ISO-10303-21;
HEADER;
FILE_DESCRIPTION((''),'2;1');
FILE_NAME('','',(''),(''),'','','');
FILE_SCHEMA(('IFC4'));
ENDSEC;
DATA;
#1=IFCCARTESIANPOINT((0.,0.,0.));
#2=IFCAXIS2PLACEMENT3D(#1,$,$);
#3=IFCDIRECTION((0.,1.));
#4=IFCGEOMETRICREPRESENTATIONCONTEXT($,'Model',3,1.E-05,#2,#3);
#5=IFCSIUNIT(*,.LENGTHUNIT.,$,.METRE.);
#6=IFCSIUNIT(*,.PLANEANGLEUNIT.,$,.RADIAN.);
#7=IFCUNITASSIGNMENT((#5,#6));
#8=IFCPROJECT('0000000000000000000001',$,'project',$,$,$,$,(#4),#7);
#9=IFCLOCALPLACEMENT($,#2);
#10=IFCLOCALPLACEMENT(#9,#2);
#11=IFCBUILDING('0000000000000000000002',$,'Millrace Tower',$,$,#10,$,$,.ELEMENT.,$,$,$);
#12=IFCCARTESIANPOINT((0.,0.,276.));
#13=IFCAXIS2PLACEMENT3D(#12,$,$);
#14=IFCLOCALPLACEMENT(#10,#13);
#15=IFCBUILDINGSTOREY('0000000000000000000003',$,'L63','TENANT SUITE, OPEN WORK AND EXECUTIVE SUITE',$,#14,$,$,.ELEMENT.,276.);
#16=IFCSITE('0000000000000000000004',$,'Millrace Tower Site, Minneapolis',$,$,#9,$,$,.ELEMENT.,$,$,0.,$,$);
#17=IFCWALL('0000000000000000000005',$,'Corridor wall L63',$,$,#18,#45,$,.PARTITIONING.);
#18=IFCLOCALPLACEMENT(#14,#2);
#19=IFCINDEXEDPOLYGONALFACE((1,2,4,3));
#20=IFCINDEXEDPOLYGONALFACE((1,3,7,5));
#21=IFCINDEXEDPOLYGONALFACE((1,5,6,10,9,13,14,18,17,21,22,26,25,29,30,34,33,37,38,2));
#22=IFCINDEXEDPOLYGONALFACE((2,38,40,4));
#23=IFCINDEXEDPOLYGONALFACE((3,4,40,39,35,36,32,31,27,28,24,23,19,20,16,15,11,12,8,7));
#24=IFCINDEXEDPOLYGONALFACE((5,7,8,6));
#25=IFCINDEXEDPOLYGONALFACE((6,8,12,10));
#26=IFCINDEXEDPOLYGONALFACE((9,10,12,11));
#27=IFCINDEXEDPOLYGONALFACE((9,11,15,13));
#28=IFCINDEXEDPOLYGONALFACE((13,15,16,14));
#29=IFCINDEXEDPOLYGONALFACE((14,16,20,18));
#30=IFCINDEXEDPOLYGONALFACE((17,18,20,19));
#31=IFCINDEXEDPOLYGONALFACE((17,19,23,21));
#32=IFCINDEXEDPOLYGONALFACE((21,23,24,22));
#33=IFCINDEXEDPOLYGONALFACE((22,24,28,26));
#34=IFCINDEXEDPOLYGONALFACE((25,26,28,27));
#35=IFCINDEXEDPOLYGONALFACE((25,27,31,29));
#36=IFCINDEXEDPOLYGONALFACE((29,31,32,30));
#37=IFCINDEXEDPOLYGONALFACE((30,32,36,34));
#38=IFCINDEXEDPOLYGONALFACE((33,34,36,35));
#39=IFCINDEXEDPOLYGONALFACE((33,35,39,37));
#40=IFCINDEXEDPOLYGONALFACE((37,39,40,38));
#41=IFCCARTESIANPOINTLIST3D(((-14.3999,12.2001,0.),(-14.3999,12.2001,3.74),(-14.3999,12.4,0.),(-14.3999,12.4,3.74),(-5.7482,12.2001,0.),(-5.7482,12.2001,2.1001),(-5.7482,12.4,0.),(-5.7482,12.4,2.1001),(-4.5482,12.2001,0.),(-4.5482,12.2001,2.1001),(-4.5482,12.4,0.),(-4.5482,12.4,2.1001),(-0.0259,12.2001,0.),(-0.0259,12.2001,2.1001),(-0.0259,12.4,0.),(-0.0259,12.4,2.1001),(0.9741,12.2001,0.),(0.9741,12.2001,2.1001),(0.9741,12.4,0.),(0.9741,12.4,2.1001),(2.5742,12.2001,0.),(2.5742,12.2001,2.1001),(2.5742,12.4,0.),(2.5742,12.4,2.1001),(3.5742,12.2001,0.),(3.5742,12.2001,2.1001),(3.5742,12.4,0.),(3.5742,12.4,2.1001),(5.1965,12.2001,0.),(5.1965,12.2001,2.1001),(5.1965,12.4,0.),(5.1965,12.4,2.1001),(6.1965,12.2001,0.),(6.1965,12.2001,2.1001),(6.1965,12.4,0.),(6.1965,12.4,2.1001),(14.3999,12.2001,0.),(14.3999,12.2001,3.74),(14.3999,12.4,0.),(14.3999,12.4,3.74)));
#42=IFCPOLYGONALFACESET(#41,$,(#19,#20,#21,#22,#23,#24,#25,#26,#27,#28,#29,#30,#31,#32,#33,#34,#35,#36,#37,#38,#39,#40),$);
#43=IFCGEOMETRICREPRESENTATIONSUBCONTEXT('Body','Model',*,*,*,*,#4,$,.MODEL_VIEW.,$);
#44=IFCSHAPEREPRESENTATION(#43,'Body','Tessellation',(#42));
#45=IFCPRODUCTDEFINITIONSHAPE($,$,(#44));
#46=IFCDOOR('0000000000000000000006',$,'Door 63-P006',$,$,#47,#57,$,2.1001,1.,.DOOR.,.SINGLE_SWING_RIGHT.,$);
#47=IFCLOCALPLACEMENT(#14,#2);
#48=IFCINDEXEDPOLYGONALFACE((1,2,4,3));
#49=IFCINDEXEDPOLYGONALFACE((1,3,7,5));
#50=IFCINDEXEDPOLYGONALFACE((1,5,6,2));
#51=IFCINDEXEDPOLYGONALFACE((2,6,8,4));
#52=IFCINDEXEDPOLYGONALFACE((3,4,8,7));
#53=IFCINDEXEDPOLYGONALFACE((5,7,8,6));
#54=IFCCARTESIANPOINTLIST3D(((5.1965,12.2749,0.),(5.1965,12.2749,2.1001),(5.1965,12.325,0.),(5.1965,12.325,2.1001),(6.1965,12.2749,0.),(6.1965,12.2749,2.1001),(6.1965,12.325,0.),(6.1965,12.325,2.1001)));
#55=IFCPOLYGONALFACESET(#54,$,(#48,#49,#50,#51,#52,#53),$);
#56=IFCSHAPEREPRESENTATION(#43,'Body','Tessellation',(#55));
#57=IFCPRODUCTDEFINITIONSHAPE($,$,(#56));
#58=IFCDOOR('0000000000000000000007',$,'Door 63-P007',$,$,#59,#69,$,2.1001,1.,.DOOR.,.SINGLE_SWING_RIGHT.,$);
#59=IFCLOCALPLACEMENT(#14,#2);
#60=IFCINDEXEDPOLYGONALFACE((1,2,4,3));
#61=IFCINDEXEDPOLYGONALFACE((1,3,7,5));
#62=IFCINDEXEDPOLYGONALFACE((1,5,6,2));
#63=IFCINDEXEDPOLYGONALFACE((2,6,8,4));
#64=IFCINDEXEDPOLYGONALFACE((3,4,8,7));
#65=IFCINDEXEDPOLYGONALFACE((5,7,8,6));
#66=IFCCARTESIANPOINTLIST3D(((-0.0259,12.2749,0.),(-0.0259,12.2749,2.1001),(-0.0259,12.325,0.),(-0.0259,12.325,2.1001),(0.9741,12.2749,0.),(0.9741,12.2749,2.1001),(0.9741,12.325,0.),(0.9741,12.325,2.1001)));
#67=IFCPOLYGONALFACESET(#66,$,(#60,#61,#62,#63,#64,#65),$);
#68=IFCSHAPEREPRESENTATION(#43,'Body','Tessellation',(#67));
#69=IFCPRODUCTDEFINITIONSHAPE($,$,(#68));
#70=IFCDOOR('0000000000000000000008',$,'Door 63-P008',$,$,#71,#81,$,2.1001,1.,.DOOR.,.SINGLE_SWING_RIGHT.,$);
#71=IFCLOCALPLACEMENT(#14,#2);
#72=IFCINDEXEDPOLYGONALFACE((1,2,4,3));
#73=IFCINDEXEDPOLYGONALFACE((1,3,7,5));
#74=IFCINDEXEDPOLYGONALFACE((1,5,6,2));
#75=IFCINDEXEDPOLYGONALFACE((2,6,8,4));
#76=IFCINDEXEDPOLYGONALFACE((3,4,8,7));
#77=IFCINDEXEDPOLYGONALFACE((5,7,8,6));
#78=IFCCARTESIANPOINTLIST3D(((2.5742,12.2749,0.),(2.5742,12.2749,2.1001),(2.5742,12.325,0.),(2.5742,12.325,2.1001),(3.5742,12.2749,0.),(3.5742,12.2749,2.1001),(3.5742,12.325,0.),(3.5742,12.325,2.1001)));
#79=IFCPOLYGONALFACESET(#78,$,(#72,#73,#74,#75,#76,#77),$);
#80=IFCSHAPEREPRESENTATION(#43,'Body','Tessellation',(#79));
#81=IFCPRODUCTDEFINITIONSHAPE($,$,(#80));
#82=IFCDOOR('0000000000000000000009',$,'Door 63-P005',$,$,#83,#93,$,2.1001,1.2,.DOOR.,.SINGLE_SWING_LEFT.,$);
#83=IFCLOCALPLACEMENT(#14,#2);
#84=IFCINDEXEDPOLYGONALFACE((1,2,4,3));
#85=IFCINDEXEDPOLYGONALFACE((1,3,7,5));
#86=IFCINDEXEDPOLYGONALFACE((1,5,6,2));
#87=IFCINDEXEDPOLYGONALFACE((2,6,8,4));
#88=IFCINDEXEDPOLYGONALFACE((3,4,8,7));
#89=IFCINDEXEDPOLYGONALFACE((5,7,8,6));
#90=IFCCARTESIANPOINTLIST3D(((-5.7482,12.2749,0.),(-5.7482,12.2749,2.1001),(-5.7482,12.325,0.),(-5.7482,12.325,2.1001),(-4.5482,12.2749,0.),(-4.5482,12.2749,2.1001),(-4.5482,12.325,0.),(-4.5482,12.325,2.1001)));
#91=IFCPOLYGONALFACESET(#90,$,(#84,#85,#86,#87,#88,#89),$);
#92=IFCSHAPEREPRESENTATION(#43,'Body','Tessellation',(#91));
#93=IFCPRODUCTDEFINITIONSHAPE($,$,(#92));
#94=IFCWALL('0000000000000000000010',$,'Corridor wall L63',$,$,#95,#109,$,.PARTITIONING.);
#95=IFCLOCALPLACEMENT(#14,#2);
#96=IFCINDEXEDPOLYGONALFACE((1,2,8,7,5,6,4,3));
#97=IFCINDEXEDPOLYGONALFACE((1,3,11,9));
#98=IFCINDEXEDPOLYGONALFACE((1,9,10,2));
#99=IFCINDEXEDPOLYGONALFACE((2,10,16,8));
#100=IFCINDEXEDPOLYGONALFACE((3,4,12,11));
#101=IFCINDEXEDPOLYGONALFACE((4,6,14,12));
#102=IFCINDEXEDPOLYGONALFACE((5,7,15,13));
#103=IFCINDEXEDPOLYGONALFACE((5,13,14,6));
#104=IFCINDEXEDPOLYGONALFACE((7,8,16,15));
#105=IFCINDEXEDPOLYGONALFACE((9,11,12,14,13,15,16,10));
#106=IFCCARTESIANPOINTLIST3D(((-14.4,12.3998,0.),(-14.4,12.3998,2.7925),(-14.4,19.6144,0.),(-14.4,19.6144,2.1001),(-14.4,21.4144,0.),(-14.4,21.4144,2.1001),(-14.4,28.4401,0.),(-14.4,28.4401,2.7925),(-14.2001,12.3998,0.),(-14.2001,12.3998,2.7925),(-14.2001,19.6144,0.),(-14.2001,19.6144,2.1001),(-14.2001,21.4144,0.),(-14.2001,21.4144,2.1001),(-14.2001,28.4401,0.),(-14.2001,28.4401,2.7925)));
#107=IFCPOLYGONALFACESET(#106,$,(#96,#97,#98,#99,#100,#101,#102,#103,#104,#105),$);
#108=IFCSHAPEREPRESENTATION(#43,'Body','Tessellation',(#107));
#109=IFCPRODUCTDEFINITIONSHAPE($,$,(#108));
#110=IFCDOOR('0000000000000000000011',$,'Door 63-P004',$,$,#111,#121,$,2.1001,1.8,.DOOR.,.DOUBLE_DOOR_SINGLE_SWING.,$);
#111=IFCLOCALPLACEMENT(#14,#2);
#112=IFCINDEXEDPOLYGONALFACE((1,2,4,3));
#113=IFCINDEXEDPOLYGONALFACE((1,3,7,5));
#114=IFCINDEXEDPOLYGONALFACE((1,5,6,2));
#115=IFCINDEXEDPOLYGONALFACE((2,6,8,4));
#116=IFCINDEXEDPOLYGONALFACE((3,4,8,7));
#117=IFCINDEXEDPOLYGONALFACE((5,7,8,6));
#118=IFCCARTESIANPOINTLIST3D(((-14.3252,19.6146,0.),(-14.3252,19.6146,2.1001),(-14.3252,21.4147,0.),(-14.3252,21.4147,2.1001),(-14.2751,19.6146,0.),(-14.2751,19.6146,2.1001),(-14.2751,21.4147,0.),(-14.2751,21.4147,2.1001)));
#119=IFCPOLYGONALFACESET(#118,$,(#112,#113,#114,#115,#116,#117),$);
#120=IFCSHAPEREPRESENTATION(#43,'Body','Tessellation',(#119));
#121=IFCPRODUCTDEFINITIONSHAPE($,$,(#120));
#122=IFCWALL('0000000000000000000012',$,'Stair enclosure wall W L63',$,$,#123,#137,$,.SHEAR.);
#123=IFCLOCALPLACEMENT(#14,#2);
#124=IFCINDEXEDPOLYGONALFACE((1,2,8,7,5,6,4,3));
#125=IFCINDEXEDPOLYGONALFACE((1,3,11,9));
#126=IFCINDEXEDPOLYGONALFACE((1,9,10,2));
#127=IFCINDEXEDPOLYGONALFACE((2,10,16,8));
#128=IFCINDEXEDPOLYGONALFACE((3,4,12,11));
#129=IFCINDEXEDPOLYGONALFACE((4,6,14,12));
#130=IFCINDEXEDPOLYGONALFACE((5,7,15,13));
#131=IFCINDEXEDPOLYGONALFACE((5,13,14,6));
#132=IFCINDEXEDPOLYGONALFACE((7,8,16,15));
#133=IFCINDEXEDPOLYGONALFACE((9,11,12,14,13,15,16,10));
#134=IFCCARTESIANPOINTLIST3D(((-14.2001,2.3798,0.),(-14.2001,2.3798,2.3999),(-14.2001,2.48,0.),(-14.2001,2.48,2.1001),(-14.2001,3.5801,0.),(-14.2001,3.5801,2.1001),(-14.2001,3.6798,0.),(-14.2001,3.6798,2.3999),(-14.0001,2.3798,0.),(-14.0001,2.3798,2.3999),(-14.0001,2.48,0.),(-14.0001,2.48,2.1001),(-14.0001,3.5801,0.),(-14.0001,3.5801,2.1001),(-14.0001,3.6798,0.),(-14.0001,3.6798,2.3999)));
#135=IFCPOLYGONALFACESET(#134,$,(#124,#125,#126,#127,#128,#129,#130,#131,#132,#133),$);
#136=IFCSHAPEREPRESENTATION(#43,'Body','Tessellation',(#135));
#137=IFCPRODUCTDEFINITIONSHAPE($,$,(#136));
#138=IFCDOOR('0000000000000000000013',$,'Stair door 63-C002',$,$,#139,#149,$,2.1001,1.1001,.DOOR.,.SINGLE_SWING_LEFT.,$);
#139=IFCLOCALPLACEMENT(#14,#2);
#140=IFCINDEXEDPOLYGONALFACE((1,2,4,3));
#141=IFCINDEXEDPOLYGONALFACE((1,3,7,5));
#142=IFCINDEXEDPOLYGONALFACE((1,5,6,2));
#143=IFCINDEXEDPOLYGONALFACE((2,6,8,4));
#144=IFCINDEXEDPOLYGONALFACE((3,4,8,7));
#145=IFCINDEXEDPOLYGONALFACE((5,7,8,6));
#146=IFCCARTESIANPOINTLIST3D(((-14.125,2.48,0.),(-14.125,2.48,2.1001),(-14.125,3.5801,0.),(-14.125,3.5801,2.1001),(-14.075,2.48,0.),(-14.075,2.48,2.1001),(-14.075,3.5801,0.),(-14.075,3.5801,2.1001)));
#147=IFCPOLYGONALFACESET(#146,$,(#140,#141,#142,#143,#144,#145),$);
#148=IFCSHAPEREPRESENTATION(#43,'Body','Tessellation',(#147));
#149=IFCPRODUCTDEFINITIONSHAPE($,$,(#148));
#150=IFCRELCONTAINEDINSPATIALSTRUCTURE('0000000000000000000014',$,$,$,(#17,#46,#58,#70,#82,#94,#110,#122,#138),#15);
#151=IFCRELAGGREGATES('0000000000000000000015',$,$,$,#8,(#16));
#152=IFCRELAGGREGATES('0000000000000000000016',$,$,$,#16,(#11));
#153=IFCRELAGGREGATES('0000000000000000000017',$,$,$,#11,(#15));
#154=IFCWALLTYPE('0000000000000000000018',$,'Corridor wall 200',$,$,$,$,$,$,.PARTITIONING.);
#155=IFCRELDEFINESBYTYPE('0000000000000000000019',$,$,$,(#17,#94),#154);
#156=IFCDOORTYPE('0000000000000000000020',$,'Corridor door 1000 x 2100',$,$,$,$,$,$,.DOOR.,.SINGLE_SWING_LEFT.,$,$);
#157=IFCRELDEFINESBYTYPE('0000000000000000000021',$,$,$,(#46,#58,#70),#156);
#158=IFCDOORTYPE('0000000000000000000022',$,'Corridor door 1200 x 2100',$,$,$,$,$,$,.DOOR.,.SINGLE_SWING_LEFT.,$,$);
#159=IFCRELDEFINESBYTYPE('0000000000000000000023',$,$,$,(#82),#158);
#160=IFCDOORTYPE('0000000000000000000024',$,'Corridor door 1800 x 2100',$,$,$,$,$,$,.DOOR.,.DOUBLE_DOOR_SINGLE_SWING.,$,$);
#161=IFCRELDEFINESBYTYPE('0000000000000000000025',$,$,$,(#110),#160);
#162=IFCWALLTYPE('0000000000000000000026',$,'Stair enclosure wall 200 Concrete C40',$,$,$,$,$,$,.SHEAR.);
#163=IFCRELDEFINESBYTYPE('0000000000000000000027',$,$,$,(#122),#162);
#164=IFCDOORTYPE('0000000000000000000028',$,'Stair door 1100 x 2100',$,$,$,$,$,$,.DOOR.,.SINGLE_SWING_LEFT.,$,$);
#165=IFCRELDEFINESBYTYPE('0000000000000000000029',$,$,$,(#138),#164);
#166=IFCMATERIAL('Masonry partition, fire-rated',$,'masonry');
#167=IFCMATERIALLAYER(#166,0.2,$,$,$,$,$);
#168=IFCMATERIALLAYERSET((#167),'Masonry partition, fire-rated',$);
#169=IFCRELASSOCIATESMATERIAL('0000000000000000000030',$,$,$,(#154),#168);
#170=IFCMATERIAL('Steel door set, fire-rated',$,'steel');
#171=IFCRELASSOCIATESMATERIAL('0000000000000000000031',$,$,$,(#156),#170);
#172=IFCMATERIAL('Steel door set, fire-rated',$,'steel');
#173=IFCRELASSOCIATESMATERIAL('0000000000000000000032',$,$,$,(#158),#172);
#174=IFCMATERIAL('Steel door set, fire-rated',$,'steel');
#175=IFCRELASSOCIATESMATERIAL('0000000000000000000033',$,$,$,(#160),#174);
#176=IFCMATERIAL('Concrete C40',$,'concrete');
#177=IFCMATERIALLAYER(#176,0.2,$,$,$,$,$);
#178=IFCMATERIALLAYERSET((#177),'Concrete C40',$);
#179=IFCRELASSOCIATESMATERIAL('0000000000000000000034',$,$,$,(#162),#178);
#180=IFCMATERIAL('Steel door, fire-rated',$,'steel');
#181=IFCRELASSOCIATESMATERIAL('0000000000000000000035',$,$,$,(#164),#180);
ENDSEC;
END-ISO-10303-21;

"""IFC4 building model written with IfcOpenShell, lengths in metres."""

from ifc_helpers import new_model, si_unit, direction, frame, frame_2d, origin, place, context, subcontext, project, spatial, rectangle, extrude, material, layer, layer_set, type_object, element, fill, save


model = new_model("IFC4")

# Units and contexts
model_context = context("Model", 3, precision=1e-05, world=origin(), true_north=direction((0.0, 1.0)))
body_context = subcontext(model_context, "Body", "Model", "MODEL_VIEW")
ifc_project = project(units=[si_unit("LENGTHUNIT", "METRE"), si_unit("PLANEANGLEUNIT", "RADIAN")], contexts=[model_context])

# Site, building, storey
site_placement = place(None, origin())
site = spatial("IfcSite", under=ifc_project, at=site_placement, Name="Millrace Tower Site, Minneapolis", CompositionType="ELEMENT", RefElevation=0.0)
building_placement = place(site_placement, origin())
building = spatial("IfcBuilding", under=site, at=building_placement, Name="Millrace Tower", CompositionType="ELEMENT")
storey_placement = place(building_placement, frame((0.0, 0.0, 276.0)))
storey = spatial("IfcBuildingStorey", under=building, at=storey_placement, Name="L63", Description="TENANT SUITE, OPEN WORK AND EXECUTIVE SUITE", CompositionType="ELEMENT", Elevation=276.0)

# Wall, openings, doors
ifc_material_1 = material(Name="Masonry partition, fire-rated", Category="masonry")
ifc_layer_1 = layer(ifc_material_1, 0.2)
ifc_layer_set_1 = layer_set([ifc_layer_1], Name="Masonry partition, fire-rated")
wall_type_1 = type_object("IfcWallType", Name="Corridor wall 200", PredefinedType="PARTITIONING", material=ifc_layer_set_1)
wall_1_placement = place(storey_placement, frame((-14.3999, 12.3, 0.0), z_axis=(0.0, 0.0, 1.0), x_axis=(1.0, 0.0, 0.0)))
wall_1 = element("IfcWall", 1, at=wall_1_placement, inside=storey, type_object=wall_type_1, Name="Corridor wall L63", PredefinedType="PARTITIONING", context=body_context, shape_type="SweptSolid", body=[
    extrude(rectangle(XDim=28.7998, YDim=0.2, at=frame_2d((14.3999, 0.0))), origin(), (0.0, 0.0, 1.0), 3.74),
])
opening_1_placement = place(wall_1_placement, frame((8.6516, 0.0, 0.0)))
opening_1 = element("IfcOpeningElement", 2, at=opening_1_placement, cuts=wall_1, PredefinedType="OPENING", context=body_context, shape_type="SweptSolid", body=[
    extrude(rectangle(XDim=1.2, YDim=2.1001, at=frame_2d((0.6001, 1.05))), frame((0.0, 0.1099, 0.0), z_axis=(0.0, -1.0, 0.0), x_axis=(1.0, 0.0, 0.0)), (0.0, 0.0, 1.0), 0.22),
])
opening_2_placement = place(wall_1_placement, frame((19.5964, 0.0, 0.0)))
opening_2 = element("IfcOpeningElement", 3, at=opening_2_placement, cuts=wall_1, PredefinedType="OPENING", context=body_context, shape_type="SweptSolid", body=[
    extrude(rectangle(XDim=1.0, YDim=2.1001, at=frame_2d((0.5, 1.05))), frame((0.0, 0.1099, 0.0), z_axis=(0.0, -1.0, 0.0), x_axis=(1.0, 0.0, 0.0)), (0.0, 0.0, 1.0), 0.22),
])
opening_3_placement = place(wall_1_placement, frame((14.374, 0.0, 0.0)))
opening_3 = element("IfcOpeningElement", 4, at=opening_3_placement, cuts=wall_1, PredefinedType="OPENING", context=body_context, shape_type="SweptSolid", body=[
    extrude(rectangle(XDim=1.0, YDim=2.1001, at=frame_2d((0.5, 1.05))), frame((0.0, 0.1099, 0.0), z_axis=(0.0, -1.0, 0.0), x_axis=(1.0, 0.0, 0.0)), (0.0, 0.0, 1.0), 0.22),
])
opening_4_placement = place(wall_1_placement, frame((16.9741, 0.0, 0.0)))
opening_4 = element("IfcOpeningElement", 5, at=opening_4_placement, cuts=wall_1, PredefinedType="OPENING", context=body_context, shape_type="SweptSolid", body=[
    extrude(rectangle(XDim=1.0, YDim=2.1001, at=frame_2d((0.5, 1.05))), frame((0.0, 0.1099, 0.0), z_axis=(0.0, -1.0, 0.0), x_axis=(1.0, 0.0, 0.0)), (0.0, 0.0, 1.0), 0.22),
])
ifc_material_2 = material(Name="Steel door set, fire-rated", Category="steel")
door_type_1 = type_object("IfcDoorType", Name="Corridor door 1000 x 2100", OperationType="SINGLE_SWING_LEFT", PredefinedType="DOOR", material=ifc_material_2)
door_1_placement = place(opening_2_placement, origin())
door_1 = element("IfcDoor", 6, at=door_1_placement, inside=storey, type_object=door_type_1, Name="Door 63-P006", OperationType="SINGLE_SWING_RIGHT", OverallHeight=2.1001, OverallWidth=1.0, PredefinedType="DOOR", context=body_context, shape_type="SweptSolid", body=[
    extrude(rectangle(XDim=1.0, YDim=2.1001, at=frame_2d((0.5, 1.05))), frame((0.0, 0.0249, 0.0), z_axis=(0.0, -1.0, 0.0), x_axis=(1.0, 0.0, 0.0)), (0.0, 0.0, 1.0), 0.05),
])
fill(opening_2, door_1)
door_2_placement = place(opening_3_placement, origin())
door_2 = element("IfcDoor", 7, at=door_2_placement, inside=storey, type_object=door_type_1, Name="Door 63-P007", OperationType="SINGLE_SWING_RIGHT", OverallHeight=2.1001, OverallWidth=1.0, PredefinedType="DOOR", context=body_context, shape_type="SweptSolid", body=[
    extrude(rectangle(XDim=1.0, YDim=2.1001, at=frame_2d((0.5, 1.05))), frame((0.0, 0.0249, 0.0), z_axis=(0.0, -1.0, 0.0), x_axis=(1.0, 0.0, 0.0)), (0.0, 0.0, 1.0), 0.05),
])
fill(opening_3, door_2)
door_3_placement = place(opening_4_placement, origin())
door_3 = element("IfcDoor", 8, at=door_3_placement, inside=storey, type_object=door_type_1, Name="Door 63-P008", OperationType="SINGLE_SWING_RIGHT", OverallHeight=2.1001, OverallWidth=1.0, PredefinedType="DOOR", context=body_context, shape_type="SweptSolid", body=[
    extrude(rectangle(XDim=1.0, YDim=2.1001, at=frame_2d((0.5, 1.05))), frame((0.0, 0.0249, 0.0), z_axis=(0.0, -1.0, 0.0), x_axis=(1.0, 0.0, 0.0)), (0.0, 0.0, 1.0), 0.05),
])
fill(opening_4, door_3)
ifc_material_3 = material(Name="Steel door set, fire-rated", Category="steel")
door_type_2 = type_object("IfcDoorType", Name="Corridor door 1200 x 2100", OperationType="SINGLE_SWING_LEFT", PredefinedType="DOOR", material=ifc_material_3)
door_4_placement = place(opening_1_placement, origin())
door_4 = element("IfcDoor", 9, at=door_4_placement, inside=storey, type_object=door_type_2, Name="Door 63-P005", OperationType="SINGLE_SWING_LEFT", OverallHeight=2.1001, OverallWidth=1.2, PredefinedType="DOOR", context=body_context, shape_type="SweptSolid", body=[
    extrude(rectangle(XDim=1.2, YDim=2.1001, at=frame_2d((0.6001, 1.05))), frame((0.0, 0.0249, 0.0), z_axis=(0.0, -1.0, 0.0), x_axis=(1.0, 0.0, 0.0)), (0.0, 0.0, 1.0), 0.05),
])
fill(opening_1, door_4)

# Walls, openings, doors
wall_2_placement = place(storey_placement, frame((-14.3, 12.3999, 0.0), z_axis=(0.0, 0.0, 1.0), x_axis=(0.0, 1.0, 0.0)))
wall_2 = element("IfcWall", 10, at=wall_2_placement, inside=storey, type_object=wall_type_1, Name="Corridor wall L63", PredefinedType="PARTITIONING", context=body_context, shape_type="SweptSolid", body=[
    extrude(rectangle(XDim=16.0403, YDim=0.2, at=frame_2d((8.02, 0.0))), origin(), (0.0, 0.0, 1.0), 2.7925),
])
opening_5_placement = place(wall_2_placement, frame((7.2146, 0.0, 0.0)))
opening_5 = element("IfcOpeningElement", 11, at=opening_5_placement, cuts=wall_2, PredefinedType="OPENING", context=body_context, shape_type="SweptSolid", body=[
    extrude(rectangle(XDim=1.8, YDim=2.1001, at=frame_2d((0.8999, 1.05))), frame((0.0, 0.1099, 0.0), z_axis=(0.0, -1.0, 0.0), x_axis=(1.0, 0.0, 0.0)), (0.0, 0.0, 1.0), 0.22),
])
ifc_material_4 = material(Name="Steel door set, fire-rated", Category="steel")
door_type_3 = type_object("IfcDoorType", Name="Corridor door 1800 x 2100", OperationType="DOUBLE_DOOR_SINGLE_SWING", PredefinedType="DOOR", material=ifc_material_4)
door_5_placement = place(opening_5_placement, frame((1.8, 0.0, 0.0), z_axis=(0.0, 0.0, 1.0), x_axis=(-1.0, 0.0, 0.0)))
door_5 = element("IfcDoor", 12, at=door_5_placement, inside=storey, type_object=door_type_3, Name="Door 63-P004", OperationType="DOUBLE_DOOR_SINGLE_SWING", OverallHeight=2.1001, OverallWidth=1.8, PredefinedType="DOOR", context=body_context, shape_type="SweptSolid", body=[
    extrude(rectangle(XDim=1.8, YDim=2.1001, at=frame_2d((0.8999, 1.05))), frame((0.0, 0.0249, 0.0), z_axis=(0.0, -1.0, 0.0), x_axis=(1.0, 0.0, 0.0)), (0.0, 0.0, 1.0), 0.05),
])
fill(opening_5, door_5)
ifc_material_5 = material(Name="Concrete C40", Category="concrete")
ifc_layer_2 = layer(ifc_material_5, 0.2)
ifc_layer_set_2 = layer_set([ifc_layer_2], Name="Concrete C40")
wall_type_2 = type_object("IfcWallType", Name="Stair enclosure wall 200 Concrete C40", PredefinedType="SHEAR", material=ifc_layer_set_2)
wall_3_placement = place(storey_placement, frame((-14.1001, 2.3799, 0.0), z_axis=(0.0, 0.0, 1.0), x_axis=(0.0, 1.0, 0.0)))
wall_3 = element("IfcWall", 13, at=wall_3_placement, inside=storey, type_object=wall_type_2, Name="Stair enclosure wall W L63", PredefinedType="SHEAR", context=body_context, shape_type="SweptSolid", body=[
    extrude(rectangle(XDim=1.3, YDim=0.2, at=frame_2d((0.6499, 0.0))), origin(), (0.0, 0.0, 1.0), 2.3999),
])
opening_6_placement = place(wall_3_placement, frame((0.1001, 0.0, 0.0)))
opening_6 = element("IfcOpeningElement", 14, at=opening_6_placement, cuts=wall_3, PredefinedType="OPENING", context=body_context, shape_type="SweptSolid", body=[
    extrude(rectangle(XDim=1.1001, YDim=2.1001, at=frame_2d((0.55, 1.05))), frame((0.0, 0.1099, 0.0), z_axis=(0.0, -1.0, 0.0), x_axis=(1.0, 0.0, 0.0)), (0.0, 0.0, 1.0), 0.22),
])
ifc_material_6 = material(Name="Steel door, fire-rated", Category="steel")
door_type_4 = type_object("IfcDoorType", Name="Stair door 1100 x 2100", OperationType="SINGLE_SWING_LEFT", PredefinedType="DOOR", material=ifc_material_6)
door_6_placement = place(opening_6_placement, origin())
door_6 = element("IfcDoor", 15, at=door_6_placement, inside=storey, type_object=door_type_4, Name="Stair door 63-C002", OperationType="SINGLE_SWING_LEFT", OverallHeight=2.1001, OverallWidth=1.1001, PredefinedType="DOOR", context=body_context, shape_type="SweptSolid", body=[
    extrude(rectangle(XDim=1.1001, YDim=2.1001, at=frame_2d((0.55, 1.05))), frame((0.0, 0.0249, 0.0), z_axis=(0.0, -1.0, 0.0), x_axis=(1.0, 0.0, 0.0)), (0.0, 0.0, 1.0), 0.05),
])
fill(opening_6, door_6)

save(model, "model.ifc")
